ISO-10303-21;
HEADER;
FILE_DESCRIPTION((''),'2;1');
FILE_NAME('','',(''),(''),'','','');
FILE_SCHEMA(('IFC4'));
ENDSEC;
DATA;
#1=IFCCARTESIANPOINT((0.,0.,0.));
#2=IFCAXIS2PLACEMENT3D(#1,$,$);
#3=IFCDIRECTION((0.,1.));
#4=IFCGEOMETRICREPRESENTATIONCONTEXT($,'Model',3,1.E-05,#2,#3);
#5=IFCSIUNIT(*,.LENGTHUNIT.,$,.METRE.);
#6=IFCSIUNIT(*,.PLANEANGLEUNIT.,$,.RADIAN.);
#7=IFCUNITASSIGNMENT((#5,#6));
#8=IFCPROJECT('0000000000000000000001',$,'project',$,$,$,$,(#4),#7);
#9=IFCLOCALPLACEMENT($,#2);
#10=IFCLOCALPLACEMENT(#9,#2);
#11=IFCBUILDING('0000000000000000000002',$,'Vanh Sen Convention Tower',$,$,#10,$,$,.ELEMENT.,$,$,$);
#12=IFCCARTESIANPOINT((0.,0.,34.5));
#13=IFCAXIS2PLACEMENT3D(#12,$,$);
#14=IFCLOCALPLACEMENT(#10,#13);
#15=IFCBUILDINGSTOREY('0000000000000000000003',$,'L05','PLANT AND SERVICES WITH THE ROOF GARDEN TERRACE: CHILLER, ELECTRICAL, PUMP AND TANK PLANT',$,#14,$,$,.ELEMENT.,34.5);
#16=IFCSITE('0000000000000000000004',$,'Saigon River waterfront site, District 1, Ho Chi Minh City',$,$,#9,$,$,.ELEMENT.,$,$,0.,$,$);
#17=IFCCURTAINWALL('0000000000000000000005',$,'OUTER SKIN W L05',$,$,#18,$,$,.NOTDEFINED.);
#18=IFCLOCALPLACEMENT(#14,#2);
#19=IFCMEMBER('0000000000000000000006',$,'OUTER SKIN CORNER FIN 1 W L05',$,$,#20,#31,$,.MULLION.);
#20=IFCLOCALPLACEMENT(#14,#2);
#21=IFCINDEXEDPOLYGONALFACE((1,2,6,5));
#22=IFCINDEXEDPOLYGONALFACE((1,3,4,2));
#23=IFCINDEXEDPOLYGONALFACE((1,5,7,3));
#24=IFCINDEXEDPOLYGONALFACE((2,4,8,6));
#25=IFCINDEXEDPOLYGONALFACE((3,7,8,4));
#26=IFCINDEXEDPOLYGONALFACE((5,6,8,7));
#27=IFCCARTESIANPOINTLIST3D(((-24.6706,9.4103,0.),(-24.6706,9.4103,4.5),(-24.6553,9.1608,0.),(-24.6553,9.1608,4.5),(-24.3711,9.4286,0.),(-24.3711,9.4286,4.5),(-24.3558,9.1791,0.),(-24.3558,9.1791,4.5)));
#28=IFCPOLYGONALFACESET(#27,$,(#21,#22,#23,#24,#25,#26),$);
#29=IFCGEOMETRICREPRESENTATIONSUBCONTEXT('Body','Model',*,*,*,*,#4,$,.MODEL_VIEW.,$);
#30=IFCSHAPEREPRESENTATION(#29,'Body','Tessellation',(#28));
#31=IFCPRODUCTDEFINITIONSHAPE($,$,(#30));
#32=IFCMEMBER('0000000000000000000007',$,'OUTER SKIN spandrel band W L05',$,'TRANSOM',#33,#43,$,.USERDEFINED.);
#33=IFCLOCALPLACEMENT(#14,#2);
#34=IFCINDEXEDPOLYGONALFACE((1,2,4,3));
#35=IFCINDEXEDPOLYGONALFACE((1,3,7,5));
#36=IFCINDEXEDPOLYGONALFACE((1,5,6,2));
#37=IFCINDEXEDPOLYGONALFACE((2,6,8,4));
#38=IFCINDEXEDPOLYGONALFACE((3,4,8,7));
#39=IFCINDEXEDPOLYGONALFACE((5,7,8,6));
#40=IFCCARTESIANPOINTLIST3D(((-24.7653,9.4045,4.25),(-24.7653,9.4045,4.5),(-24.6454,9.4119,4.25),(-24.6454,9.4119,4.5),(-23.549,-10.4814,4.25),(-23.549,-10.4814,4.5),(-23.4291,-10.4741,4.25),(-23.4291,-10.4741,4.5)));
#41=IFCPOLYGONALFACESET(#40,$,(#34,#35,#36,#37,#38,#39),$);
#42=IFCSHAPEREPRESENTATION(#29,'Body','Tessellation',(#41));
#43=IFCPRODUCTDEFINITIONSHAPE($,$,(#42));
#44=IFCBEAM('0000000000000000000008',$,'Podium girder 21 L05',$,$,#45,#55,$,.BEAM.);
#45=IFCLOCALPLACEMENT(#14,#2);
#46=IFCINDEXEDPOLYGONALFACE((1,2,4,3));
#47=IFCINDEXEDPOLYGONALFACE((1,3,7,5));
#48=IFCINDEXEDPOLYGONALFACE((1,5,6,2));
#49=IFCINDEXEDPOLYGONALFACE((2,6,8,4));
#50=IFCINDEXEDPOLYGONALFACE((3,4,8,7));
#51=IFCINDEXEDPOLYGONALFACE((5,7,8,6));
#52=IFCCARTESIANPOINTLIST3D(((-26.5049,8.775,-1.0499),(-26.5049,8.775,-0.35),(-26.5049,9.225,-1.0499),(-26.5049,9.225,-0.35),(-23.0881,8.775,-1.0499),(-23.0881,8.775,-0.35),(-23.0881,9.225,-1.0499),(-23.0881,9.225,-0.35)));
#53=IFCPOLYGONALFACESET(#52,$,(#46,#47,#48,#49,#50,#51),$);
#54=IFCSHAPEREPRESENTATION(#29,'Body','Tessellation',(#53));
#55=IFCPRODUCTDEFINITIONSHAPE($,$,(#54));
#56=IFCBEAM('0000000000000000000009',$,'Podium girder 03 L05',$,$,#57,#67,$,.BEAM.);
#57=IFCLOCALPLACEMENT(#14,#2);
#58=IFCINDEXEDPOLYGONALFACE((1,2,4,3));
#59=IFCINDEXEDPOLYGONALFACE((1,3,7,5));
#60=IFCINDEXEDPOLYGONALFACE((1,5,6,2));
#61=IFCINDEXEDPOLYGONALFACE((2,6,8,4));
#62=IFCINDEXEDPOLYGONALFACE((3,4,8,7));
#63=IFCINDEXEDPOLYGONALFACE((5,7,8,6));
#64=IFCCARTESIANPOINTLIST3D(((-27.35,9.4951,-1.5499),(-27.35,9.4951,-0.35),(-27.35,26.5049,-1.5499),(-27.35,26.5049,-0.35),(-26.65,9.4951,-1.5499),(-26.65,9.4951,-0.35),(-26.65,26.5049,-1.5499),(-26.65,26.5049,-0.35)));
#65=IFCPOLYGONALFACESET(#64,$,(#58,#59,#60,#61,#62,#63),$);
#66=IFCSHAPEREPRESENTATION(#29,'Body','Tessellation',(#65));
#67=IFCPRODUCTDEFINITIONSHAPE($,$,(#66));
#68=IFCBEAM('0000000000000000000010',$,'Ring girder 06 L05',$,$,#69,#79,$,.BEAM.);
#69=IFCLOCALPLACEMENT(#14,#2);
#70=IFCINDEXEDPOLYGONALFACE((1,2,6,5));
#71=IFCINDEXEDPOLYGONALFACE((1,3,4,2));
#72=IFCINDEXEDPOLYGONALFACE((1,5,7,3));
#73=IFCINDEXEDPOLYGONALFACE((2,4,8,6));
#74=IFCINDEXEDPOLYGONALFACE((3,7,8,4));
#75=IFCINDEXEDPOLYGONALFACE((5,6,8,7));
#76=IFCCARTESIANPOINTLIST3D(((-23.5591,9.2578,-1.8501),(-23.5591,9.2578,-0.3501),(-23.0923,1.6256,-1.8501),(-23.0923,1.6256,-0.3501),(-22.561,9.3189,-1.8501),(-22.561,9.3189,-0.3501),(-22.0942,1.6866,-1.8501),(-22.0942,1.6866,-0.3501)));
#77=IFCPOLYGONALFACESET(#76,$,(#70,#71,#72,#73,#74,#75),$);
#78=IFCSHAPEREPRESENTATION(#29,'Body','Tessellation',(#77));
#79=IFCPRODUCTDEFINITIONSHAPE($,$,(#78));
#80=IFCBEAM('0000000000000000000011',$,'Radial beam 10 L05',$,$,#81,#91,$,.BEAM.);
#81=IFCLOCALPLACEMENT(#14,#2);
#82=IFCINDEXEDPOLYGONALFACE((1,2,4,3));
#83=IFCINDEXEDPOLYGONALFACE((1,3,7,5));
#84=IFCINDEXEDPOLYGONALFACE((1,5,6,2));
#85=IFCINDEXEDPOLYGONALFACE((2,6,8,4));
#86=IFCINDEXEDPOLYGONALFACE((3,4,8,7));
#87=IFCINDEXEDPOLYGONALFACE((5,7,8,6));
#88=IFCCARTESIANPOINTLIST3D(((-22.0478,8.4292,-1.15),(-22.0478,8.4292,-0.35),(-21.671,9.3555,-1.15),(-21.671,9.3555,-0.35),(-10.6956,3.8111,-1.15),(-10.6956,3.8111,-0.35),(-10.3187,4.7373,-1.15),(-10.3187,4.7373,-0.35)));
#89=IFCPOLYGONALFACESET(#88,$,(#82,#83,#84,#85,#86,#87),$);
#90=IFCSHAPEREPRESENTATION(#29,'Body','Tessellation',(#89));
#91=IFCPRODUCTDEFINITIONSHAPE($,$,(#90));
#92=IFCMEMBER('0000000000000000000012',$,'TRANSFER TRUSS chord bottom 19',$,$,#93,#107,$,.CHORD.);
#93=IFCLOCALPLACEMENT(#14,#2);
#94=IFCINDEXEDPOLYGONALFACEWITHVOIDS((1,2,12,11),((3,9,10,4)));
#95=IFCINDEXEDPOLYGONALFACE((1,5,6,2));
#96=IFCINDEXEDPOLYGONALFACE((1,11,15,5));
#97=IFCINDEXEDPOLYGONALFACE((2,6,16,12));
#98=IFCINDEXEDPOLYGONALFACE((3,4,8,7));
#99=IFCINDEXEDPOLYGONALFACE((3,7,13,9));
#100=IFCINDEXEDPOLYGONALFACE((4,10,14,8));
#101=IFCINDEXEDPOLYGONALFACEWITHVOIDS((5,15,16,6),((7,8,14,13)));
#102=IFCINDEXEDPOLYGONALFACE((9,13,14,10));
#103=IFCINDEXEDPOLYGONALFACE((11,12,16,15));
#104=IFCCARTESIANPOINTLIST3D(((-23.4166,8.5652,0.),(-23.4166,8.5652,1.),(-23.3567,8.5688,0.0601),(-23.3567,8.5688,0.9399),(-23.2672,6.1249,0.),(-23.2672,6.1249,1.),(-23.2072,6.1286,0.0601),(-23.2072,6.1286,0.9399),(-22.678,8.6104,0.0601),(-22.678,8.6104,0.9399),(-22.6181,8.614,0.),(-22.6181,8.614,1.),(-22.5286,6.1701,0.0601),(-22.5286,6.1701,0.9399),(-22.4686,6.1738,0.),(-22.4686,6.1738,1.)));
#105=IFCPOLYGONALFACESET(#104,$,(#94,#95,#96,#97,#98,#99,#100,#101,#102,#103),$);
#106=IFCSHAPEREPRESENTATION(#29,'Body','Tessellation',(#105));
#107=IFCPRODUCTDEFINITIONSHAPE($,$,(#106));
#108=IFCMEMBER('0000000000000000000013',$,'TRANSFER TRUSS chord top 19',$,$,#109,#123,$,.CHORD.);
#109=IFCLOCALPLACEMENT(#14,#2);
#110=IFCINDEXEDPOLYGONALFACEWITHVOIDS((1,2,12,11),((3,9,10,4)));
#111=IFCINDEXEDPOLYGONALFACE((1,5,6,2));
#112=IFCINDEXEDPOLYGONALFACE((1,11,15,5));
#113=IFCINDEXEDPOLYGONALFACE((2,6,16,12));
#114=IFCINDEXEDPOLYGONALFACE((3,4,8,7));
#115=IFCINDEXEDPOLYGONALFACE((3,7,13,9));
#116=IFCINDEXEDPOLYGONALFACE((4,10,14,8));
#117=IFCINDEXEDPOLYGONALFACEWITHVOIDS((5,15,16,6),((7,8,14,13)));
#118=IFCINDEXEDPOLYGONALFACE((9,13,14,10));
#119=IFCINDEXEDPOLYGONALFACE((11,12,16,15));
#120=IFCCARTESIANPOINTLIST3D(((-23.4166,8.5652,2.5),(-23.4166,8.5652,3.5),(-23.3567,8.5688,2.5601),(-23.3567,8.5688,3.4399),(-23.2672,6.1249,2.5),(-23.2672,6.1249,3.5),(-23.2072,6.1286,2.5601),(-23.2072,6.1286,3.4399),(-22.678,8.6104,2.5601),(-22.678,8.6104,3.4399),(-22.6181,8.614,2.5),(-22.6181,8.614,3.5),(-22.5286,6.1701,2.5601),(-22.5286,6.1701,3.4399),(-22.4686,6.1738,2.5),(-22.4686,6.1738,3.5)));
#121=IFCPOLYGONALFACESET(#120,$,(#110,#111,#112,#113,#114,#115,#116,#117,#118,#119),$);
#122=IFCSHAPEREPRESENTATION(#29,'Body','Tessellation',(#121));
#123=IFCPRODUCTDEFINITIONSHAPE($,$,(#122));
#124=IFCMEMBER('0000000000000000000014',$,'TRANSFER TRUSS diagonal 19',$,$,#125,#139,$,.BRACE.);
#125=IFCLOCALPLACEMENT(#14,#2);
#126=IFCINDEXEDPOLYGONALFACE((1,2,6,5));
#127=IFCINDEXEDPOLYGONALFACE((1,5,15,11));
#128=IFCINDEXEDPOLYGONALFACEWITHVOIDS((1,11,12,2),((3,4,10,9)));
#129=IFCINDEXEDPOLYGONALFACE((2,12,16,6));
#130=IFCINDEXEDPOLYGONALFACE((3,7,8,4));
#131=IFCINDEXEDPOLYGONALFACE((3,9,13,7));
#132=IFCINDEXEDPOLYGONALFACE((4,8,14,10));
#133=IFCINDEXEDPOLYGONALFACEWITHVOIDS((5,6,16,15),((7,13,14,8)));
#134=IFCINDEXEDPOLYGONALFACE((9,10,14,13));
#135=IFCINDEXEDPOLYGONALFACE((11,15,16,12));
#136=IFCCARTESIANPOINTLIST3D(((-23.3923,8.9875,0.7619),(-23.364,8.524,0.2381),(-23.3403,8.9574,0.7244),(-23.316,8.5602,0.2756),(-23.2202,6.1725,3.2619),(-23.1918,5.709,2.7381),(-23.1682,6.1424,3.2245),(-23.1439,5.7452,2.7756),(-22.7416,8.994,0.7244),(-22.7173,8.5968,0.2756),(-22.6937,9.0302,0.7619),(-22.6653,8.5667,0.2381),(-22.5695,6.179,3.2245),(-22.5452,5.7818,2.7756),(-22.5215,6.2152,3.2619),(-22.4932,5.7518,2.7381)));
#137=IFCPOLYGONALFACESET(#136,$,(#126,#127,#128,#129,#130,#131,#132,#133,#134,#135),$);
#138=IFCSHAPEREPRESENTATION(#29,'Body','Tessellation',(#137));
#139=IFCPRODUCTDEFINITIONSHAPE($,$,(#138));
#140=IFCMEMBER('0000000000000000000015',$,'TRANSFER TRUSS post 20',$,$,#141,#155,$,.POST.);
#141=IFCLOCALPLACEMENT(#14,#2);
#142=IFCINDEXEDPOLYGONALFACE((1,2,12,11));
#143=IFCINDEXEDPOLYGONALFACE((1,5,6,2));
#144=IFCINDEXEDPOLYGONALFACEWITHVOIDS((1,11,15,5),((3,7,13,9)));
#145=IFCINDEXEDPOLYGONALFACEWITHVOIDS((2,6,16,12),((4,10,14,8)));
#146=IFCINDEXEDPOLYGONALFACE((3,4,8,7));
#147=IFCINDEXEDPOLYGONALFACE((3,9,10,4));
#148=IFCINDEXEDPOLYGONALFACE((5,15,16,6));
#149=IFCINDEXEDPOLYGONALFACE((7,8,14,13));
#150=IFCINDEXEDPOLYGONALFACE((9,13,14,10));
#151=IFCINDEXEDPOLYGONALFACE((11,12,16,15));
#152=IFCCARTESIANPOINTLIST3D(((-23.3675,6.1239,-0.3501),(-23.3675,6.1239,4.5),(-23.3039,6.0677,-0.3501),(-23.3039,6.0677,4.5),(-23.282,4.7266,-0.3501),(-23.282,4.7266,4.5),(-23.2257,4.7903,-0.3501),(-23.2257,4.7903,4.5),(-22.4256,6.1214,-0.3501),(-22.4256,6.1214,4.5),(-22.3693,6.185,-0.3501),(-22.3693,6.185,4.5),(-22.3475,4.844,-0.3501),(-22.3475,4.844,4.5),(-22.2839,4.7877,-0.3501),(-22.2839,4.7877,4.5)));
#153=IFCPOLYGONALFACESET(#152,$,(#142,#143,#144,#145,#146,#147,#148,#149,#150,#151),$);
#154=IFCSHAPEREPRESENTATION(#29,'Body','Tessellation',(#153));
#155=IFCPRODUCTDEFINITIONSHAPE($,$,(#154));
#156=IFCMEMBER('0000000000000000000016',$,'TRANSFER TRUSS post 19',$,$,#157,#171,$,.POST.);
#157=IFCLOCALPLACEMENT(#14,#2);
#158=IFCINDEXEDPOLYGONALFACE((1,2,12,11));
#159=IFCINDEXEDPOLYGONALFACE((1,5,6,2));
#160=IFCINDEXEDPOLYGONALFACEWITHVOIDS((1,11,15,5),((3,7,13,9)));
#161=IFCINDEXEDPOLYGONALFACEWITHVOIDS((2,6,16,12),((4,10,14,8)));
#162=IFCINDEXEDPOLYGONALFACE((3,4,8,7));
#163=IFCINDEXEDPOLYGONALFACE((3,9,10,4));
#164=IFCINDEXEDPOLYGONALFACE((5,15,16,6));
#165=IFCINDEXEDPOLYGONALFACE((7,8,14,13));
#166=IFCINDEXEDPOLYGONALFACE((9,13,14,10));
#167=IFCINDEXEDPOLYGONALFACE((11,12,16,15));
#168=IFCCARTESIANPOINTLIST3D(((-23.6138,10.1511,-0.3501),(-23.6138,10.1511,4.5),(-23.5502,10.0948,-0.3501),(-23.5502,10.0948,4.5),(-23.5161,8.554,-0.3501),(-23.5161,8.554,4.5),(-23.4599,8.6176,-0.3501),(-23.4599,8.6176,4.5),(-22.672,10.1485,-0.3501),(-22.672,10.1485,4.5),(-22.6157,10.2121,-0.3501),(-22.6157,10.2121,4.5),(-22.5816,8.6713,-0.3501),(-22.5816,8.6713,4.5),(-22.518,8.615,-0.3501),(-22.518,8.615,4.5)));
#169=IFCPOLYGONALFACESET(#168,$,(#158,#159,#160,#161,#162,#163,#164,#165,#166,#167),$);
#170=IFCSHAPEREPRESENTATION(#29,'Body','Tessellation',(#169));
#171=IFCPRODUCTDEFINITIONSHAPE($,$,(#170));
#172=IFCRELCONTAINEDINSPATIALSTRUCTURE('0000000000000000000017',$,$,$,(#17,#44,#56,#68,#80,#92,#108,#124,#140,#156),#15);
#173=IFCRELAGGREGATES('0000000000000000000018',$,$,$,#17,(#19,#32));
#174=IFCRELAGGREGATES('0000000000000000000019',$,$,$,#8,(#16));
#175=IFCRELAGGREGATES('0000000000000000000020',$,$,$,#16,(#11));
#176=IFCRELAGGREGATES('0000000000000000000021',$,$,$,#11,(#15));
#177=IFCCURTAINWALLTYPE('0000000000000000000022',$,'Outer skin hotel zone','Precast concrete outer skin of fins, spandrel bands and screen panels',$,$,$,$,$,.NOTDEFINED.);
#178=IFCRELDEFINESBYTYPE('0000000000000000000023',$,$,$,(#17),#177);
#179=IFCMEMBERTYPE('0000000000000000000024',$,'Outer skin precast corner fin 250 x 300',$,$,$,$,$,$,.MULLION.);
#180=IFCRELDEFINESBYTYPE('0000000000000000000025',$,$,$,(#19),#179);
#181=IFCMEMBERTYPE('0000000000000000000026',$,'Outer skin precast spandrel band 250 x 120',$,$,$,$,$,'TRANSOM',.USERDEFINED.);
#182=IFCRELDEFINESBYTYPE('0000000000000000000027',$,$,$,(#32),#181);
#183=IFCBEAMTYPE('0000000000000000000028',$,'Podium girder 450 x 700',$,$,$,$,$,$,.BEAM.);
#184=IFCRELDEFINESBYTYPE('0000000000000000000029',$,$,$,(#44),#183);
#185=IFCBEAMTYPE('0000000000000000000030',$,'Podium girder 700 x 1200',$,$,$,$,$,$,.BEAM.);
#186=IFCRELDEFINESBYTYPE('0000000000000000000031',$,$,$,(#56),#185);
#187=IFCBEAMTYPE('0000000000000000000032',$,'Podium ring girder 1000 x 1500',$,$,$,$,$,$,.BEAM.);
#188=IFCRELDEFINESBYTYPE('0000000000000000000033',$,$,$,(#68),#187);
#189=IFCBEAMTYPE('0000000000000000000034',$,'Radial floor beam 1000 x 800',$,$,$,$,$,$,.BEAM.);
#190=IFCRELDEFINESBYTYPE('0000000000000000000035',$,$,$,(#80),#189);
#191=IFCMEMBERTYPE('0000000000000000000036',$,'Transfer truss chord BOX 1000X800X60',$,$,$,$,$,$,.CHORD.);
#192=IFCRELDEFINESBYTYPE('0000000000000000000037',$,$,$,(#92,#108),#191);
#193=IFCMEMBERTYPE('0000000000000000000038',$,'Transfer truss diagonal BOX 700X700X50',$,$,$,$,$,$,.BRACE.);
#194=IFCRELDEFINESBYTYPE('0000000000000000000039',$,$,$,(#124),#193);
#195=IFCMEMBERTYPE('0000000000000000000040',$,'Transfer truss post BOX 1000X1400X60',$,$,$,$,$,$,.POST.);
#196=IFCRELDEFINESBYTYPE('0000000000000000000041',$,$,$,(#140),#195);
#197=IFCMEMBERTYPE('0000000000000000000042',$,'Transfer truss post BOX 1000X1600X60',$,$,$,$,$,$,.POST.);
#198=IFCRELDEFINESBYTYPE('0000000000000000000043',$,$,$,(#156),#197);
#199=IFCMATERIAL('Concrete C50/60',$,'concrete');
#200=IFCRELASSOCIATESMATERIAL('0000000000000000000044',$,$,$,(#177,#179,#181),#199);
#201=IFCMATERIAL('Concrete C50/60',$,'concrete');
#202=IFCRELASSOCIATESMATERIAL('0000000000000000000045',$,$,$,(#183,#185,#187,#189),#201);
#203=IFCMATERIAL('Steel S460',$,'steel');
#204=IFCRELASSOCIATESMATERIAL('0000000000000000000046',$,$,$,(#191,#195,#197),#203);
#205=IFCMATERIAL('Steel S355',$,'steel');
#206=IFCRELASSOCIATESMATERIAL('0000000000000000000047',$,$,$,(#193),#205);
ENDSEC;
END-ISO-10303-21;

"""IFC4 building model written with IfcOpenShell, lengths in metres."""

from ifc_helpers import new_model, si_unit, direction, frame, origin, origin_2d, place, context, subcontext, project, spatial, rectangle, hollow_rectangle, extrude, material, material_profile, profile_set, type_object, element, aggregate, save


model = new_model("IFC4")

# Units and contexts
model_context = context("Model", 3, precision=1e-05, world=origin(), true_north=direction((0.0, 1.0)))
body_context = subcontext(model_context, "Body", "Model", "MODEL_VIEW")
ifc_project = project(units=[si_unit("LENGTHUNIT", "METRE"), si_unit("PLANEANGLEUNIT", "RADIAN")], contexts=[model_context])

# Site, building, storey
site_placement = place(None, origin())
site = spatial("IfcSite", under=ifc_project, at=site_placement, Name="Saigon River waterfront site, District 1, Ho Chi Minh City", CompositionType="ELEMENT", RefElevation=0.0)
building_placement = place(site_placement, origin())
building = spatial("IfcBuilding", under=site, at=building_placement, Name="Vanh Sen Convention Tower", CompositionType="ELEMENT")
storey_placement = place(building_placement, frame((0.0, 0.0, 34.5)))
storey = spatial("IfcBuildingStorey", under=building, at=storey_placement, Name="L05", Description="PLANT AND SERVICES WITH THE ROOF GARDEN TERRACE: CHILLER, ELECTRICAL, PUMP AND TANK PLANT", CompositionType="ELEMENT", Elevation=34.5)

# Curtain wall, members
ifc_material_1 = material(Name="Concrete C50/60", Category="concrete")
curtain_wall_type = type_object("IfcCurtainWallType", Name="Outer skin hotel zone", Description="Precast concrete outer skin of fins, spandrel bands and screen panels", PredefinedType="NOTDEFINED", material=ifc_material_1)
curtain_wall_placement = place(storey_placement, origin())
curtain_wall = element("IfcCurtainWall", 1, at=curtain_wall_placement, inside=storey, type_object=curtain_wall_type, Name="OUTER SKIN W L05", PredefinedType="NOTDEFINED")
ifc_material_profile_1 = material_profile(ifc_material_1, rectangle(XDim=0.25, YDim=0.3, at=origin_2d()), Name="Outer skin precast corner fin 250 x 300")
ifc_profile_set_1 = profile_set([ifc_material_profile_1], Name="Concrete C50/60")
member_type_1 = type_object("IfcMemberType", Name="Outer skin precast corner fin 250 x 300", PredefinedType="MULLION", material=ifc_profile_set_1)
member_1_placement = place(storey_placement, frame((-24.5132, 9.2947, 0.0), z_axis=(0.0, 0.0, 1.0), x_axis=(0.061049, -0.998135, 0.0)))
member_1 = element("IfcMember", 2, at=member_1_placement, type_object=member_type_1, Name="OUTER SKIN CORNER FIN 1 W L05", PredefinedType="MULLION", context=body_context, shape_type="SweptSolid", body=[
    extrude(rectangle(XDim=0.25, YDim=0.3, at=origin_2d()), origin(), (0.0, 0.0, 1.0), 4.5),
])
ifc_material_profile_2 = material_profile(ifc_material_1, rectangle(XDim=0.1201, YDim=0.25, at=origin_2d()), Name="Outer skin precast spandrel band 250 x 120")
ifc_profile_set_2 = profile_set([ifc_material_profile_2], Name="Concrete C50/60")
member_type_2 = type_object("IfcMemberType", Name="Outer skin precast spandrel band 250 x 120", ElementType="TRANSOM", PredefinedType="USERDEFINED", material=ifc_profile_set_2)
member_2_placement = place(storey_placement, frame((-24.7053, 9.4082, 4.375), z_axis=(0.06105, -0.998135, 0.0), x_axis=(0.998135, 0.06105, 0.0)))
member_2 = element("IfcMember", 3, at=member_2_placement, type_object=member_type_2, Name="OUTER SKIN spandrel band W L05", ObjectType="TRANSOM", PredefinedType="USERDEFINED", context=body_context, shape_type="SweptSolid", body=[
    extrude(rectangle(XDim=0.1201, YDim=0.25, at=origin_2d()), origin(), (0.0, 0.0, 1.0), 19.9231),
])

# Beams
ifc_material_2 = material(Name="Concrete C50/60", Category="concrete")
ifc_material_profile_3 = material_profile(ifc_material_2, rectangle(XDim=0.45, YDim=0.7, at=origin_2d()), Name="RC 450X700")
ifc_profile_set_3 = profile_set([ifc_material_profile_3], Name="Concrete C50/60")
beam_type_1 = type_object("IfcBeamType", Name="Podium girder 450 x 700", PredefinedType="BEAM", material=ifc_profile_set_3)
beam_1_placement = place(storey_placement, frame((-26.5049, 9.0, -0.7), z_axis=(1.0, 0.0, 0.0), x_axis=(0.0, 1.0, 0.0)))
element("IfcBeam", 4, at=beam_1_placement, inside=storey, type_object=beam_type_1, Name="Podium girder 21 L05", PredefinedType="BEAM", context=body_context, shape_type="SweptSolid", body=[
    extrude(rectangle(XDim=0.45, YDim=0.7, at=origin_2d()), origin(), (0.0, 0.0, 1.0), 3.4167),
])
ifc_material_profile_4 = material_profile(ifc_material_2, rectangle(XDim=0.7, YDim=1.2, at=origin_2d()), Name="RC 700X1200")
ifc_profile_set_4 = profile_set([ifc_material_profile_4], Name="Concrete C50/60")
beam_type_2 = type_object("IfcBeamType", Name="Podium girder 700 x 1200", PredefinedType="BEAM", material=ifc_profile_set_4)
beam_2_placement = place(storey_placement, frame((-27.0, 9.4951, -0.95), z_axis=(0.0, 1.0, 0.0), x_axis=(-1.0, 0.0, 0.0)))
element("IfcBeam", 5, at=beam_2_placement, inside=storey, type_object=beam_type_2, Name="Podium girder 03 L05", PredefinedType="BEAM", context=body_context, shape_type="SweptSolid", body=[
    extrude(rectangle(XDim=0.7, YDim=1.2, at=origin_2d()), origin(), (0.0, 0.0, 1.0), 17.0098),
])
ifc_material_profile_5 = material_profile(ifc_material_2, rectangle(XDim=1.0, YDim=1.5, at=origin_2d()), Name="RC 1000X1500")
ifc_profile_set_5 = profile_set([ifc_material_profile_5], Name="Concrete C50/60")
beam_type_3 = type_object("IfcBeamType", Name="Podium ring girder 1000 x 1500", PredefinedType="BEAM", material=ifc_profile_set_5)
beam_3_placement = place(storey_placement, frame((-23.0601, 9.2883, -1.1001), z_axis=(0.061046, -0.998135, 0.0), x_axis=(0.998135, 0.061046, 0.0)))
element("IfcBeam", 6, at=beam_3_placement, inside=storey, type_object=beam_type_3, Name="Ring girder 06 L05", PredefinedType="BEAM", context=body_context, shape_type="SweptSolid", body=[
    extrude(rectangle(XDim=1.0, YDim=1.5, at=origin_2d()), origin(), (0.0, 0.0, 1.0), 7.6465),
])
ifc_material_profile_6 = material_profile(ifc_material_2, rectangle(XDim=1.0, YDim=0.8, at=origin_2d()), Name="RC 1000X800")
ifc_profile_set_6 = profile_set([ifc_material_profile_6], Name="Concrete C50/60")
beam_type_4 = type_object("IfcBeamType", Name="Radial floor beam 1000 x 800", PredefinedType="BEAM", material=ifc_profile_set_6)
beam_4_placement = place(storey_placement, frame((-21.8594, 8.8923, -0.75), z_axis=(0.926287, -0.376818, 0.0), x_axis=(0.376818, 0.926287, 0.0)))
element("IfcBeam", 7, at=beam_4_placement, inside=storey, type_object=beam_type_4, Name="Radial beam 10 L05", PredefinedType="BEAM", context=body_context, shape_type="SweptSolid", body=[
    extrude(rectangle(XDim=1.0, YDim=0.8, at=origin_2d()), origin(), (0.0, 0.0, 1.0), 12.2556),
])

# Members
ifc_material_3 = material(Name="Steel S460", Category="steel")
ifc_material_profile_7 = material_profile(ifc_material_3, hollow_rectangle(XDim=0.8, YDim=1.0, WallThickness=0.0601, at=origin_2d()), Name="BOX 1000X800X60")
ifc_profile_set_7 = profile_set([ifc_material_profile_7], Name="Steel S460")
member_type_3 = type_object("IfcMemberType", Name="Transfer truss chord BOX 1000X800X60", PredefinedType="CHORD", material=ifc_profile_set_7)
for number, where, z_axis, x_axis, name in (
    (8, (-23.0173, 8.5896, 0.5), (0.061116, -0.998131, 0.0), (0.998131, 0.061116, 0.0), "TRANSFER TRUSS chord bottom 19"),
    (9, (-23.0173, 8.5896, 3.0), (0.061116, -0.998131, 0.0), (0.998131, 0.061116, 0.0), "TRANSFER TRUSS chord top 19"),
):
    element("IfcMember", number, at=place(storey_placement, frame(where, z_axis=z_axis, x_axis=x_axis)), inside=storey, type_object=member_type_3, Name=name, PredefinedType="CHORD", context=body_context, shape_type="SweptSolid", body=[
        extrude(hollow_rectangle(XDim=0.8, YDim=1.0, WallThickness=0.0601, at=origin_2d()), origin(), (0.0, 0.0, 1.0), 2.4448),
    ])
ifc_material_4 = material(Name="Steel S355", Category="steel")
ifc_material_profile_8 = material_profile(ifc_material_4, hollow_rectangle(XDim=0.7, YDim=0.7, WallThickness=0.05, at=origin_2d()), Name="BOX 700X700X50")
ifc_profile_set_8 = profile_set([ifc_material_profile_8], Name="Steel S355")
member_type_4 = type_object("IfcMemberType", Name="Transfer truss diagonal BOX 700X700X50", PredefinedType="BRACE", material=ifc_profile_set_8)
member_3_placement = place(storey_placement, frame((-23.0288, 8.7771, 0.5), z_axis=(0.04567, -0.746915, 0.663349), x_axis=(0.998136, 0.061031, 0.0)))
element("IfcMember", 10, at=member_3_placement, inside=storey, type_object=member_type_4, Name="TRANSFER TRUSS diagonal 19", PredefinedType="BRACE", context=body_context, shape_type="SweptSolid", body=[
    extrude(hollow_rectangle(XDim=0.7, YDim=0.7, WallThickness=0.05, at=origin_2d()), origin(), (0.0, 0.0, 1.0), 3.7688),
])
ifc_material_profile_9 = material_profile(ifc_material_3, hollow_rectangle(XDim=1.3999, YDim=1.0, WallThickness=0.0601, at=origin_2d()), Name="BOX 1000X1400X60")
ifc_profile_set_9 = profile_set([ifc_material_profile_9], Name="Steel S460")
member_type_5 = type_object("IfcMemberType", Name="Transfer truss post BOX 1000X1400X60", PredefinedType="POST", material=ifc_profile_set_9)
member_4_placement = place(storey_placement, frame((-22.8257, 5.4558, -0.3501), z_axis=(0.0, 0.0, 1.0), x_axis=(0.061049, -0.998135, 0.0)))
element("IfcMember", 11, at=member_4_placement, inside=storey, type_object=member_type_5, Name="TRANSFER TRUSS post 20", PredefinedType="POST", context=body_context, shape_type="SweptSolid", body=[
    extrude(hollow_rectangle(XDim=1.3999, YDim=1.0, WallThickness=0.0601, at=origin_2d()), origin(), (0.0, 0.0, 1.0), 4.8501),
])
ifc_material_profile_10 = material_profile(ifc_material_3, hollow_rectangle(XDim=1.6001, YDim=1.0, WallThickness=0.0601, at=origin_2d()), Name="BOX 1000X1600X60")
ifc_profile_set_10 = profile_set([ifc_material_profile_10], Name="Steel S460")
member_type_6 = type_object("IfcMemberType", Name="Transfer truss post BOX 1000X1600X60", PredefinedType="POST", material=ifc_profile_set_10)
member_5_placement = place(storey_placement, frame((-23.0659, 9.3831, -0.3501), z_axis=(0.0, 0.0, 1.0), x_axis=(0.061049, -0.998135, 0.0)))
element("IfcMember", 12, at=member_5_placement, inside=storey, type_object=member_type_6, Name="TRANSFER TRUSS post 19", PredefinedType="POST", context=body_context, shape_type="SweptSolid", body=[
    extrude(hollow_rectangle(XDim=1.6001, YDim=1.0, WallThickness=0.0601, at=origin_2d()), origin(), (0.0, 0.0, 1.0), 4.8501),
])

aggregate(curtain_wall, [member_1, member_2])

save(model, "model.ifc")
